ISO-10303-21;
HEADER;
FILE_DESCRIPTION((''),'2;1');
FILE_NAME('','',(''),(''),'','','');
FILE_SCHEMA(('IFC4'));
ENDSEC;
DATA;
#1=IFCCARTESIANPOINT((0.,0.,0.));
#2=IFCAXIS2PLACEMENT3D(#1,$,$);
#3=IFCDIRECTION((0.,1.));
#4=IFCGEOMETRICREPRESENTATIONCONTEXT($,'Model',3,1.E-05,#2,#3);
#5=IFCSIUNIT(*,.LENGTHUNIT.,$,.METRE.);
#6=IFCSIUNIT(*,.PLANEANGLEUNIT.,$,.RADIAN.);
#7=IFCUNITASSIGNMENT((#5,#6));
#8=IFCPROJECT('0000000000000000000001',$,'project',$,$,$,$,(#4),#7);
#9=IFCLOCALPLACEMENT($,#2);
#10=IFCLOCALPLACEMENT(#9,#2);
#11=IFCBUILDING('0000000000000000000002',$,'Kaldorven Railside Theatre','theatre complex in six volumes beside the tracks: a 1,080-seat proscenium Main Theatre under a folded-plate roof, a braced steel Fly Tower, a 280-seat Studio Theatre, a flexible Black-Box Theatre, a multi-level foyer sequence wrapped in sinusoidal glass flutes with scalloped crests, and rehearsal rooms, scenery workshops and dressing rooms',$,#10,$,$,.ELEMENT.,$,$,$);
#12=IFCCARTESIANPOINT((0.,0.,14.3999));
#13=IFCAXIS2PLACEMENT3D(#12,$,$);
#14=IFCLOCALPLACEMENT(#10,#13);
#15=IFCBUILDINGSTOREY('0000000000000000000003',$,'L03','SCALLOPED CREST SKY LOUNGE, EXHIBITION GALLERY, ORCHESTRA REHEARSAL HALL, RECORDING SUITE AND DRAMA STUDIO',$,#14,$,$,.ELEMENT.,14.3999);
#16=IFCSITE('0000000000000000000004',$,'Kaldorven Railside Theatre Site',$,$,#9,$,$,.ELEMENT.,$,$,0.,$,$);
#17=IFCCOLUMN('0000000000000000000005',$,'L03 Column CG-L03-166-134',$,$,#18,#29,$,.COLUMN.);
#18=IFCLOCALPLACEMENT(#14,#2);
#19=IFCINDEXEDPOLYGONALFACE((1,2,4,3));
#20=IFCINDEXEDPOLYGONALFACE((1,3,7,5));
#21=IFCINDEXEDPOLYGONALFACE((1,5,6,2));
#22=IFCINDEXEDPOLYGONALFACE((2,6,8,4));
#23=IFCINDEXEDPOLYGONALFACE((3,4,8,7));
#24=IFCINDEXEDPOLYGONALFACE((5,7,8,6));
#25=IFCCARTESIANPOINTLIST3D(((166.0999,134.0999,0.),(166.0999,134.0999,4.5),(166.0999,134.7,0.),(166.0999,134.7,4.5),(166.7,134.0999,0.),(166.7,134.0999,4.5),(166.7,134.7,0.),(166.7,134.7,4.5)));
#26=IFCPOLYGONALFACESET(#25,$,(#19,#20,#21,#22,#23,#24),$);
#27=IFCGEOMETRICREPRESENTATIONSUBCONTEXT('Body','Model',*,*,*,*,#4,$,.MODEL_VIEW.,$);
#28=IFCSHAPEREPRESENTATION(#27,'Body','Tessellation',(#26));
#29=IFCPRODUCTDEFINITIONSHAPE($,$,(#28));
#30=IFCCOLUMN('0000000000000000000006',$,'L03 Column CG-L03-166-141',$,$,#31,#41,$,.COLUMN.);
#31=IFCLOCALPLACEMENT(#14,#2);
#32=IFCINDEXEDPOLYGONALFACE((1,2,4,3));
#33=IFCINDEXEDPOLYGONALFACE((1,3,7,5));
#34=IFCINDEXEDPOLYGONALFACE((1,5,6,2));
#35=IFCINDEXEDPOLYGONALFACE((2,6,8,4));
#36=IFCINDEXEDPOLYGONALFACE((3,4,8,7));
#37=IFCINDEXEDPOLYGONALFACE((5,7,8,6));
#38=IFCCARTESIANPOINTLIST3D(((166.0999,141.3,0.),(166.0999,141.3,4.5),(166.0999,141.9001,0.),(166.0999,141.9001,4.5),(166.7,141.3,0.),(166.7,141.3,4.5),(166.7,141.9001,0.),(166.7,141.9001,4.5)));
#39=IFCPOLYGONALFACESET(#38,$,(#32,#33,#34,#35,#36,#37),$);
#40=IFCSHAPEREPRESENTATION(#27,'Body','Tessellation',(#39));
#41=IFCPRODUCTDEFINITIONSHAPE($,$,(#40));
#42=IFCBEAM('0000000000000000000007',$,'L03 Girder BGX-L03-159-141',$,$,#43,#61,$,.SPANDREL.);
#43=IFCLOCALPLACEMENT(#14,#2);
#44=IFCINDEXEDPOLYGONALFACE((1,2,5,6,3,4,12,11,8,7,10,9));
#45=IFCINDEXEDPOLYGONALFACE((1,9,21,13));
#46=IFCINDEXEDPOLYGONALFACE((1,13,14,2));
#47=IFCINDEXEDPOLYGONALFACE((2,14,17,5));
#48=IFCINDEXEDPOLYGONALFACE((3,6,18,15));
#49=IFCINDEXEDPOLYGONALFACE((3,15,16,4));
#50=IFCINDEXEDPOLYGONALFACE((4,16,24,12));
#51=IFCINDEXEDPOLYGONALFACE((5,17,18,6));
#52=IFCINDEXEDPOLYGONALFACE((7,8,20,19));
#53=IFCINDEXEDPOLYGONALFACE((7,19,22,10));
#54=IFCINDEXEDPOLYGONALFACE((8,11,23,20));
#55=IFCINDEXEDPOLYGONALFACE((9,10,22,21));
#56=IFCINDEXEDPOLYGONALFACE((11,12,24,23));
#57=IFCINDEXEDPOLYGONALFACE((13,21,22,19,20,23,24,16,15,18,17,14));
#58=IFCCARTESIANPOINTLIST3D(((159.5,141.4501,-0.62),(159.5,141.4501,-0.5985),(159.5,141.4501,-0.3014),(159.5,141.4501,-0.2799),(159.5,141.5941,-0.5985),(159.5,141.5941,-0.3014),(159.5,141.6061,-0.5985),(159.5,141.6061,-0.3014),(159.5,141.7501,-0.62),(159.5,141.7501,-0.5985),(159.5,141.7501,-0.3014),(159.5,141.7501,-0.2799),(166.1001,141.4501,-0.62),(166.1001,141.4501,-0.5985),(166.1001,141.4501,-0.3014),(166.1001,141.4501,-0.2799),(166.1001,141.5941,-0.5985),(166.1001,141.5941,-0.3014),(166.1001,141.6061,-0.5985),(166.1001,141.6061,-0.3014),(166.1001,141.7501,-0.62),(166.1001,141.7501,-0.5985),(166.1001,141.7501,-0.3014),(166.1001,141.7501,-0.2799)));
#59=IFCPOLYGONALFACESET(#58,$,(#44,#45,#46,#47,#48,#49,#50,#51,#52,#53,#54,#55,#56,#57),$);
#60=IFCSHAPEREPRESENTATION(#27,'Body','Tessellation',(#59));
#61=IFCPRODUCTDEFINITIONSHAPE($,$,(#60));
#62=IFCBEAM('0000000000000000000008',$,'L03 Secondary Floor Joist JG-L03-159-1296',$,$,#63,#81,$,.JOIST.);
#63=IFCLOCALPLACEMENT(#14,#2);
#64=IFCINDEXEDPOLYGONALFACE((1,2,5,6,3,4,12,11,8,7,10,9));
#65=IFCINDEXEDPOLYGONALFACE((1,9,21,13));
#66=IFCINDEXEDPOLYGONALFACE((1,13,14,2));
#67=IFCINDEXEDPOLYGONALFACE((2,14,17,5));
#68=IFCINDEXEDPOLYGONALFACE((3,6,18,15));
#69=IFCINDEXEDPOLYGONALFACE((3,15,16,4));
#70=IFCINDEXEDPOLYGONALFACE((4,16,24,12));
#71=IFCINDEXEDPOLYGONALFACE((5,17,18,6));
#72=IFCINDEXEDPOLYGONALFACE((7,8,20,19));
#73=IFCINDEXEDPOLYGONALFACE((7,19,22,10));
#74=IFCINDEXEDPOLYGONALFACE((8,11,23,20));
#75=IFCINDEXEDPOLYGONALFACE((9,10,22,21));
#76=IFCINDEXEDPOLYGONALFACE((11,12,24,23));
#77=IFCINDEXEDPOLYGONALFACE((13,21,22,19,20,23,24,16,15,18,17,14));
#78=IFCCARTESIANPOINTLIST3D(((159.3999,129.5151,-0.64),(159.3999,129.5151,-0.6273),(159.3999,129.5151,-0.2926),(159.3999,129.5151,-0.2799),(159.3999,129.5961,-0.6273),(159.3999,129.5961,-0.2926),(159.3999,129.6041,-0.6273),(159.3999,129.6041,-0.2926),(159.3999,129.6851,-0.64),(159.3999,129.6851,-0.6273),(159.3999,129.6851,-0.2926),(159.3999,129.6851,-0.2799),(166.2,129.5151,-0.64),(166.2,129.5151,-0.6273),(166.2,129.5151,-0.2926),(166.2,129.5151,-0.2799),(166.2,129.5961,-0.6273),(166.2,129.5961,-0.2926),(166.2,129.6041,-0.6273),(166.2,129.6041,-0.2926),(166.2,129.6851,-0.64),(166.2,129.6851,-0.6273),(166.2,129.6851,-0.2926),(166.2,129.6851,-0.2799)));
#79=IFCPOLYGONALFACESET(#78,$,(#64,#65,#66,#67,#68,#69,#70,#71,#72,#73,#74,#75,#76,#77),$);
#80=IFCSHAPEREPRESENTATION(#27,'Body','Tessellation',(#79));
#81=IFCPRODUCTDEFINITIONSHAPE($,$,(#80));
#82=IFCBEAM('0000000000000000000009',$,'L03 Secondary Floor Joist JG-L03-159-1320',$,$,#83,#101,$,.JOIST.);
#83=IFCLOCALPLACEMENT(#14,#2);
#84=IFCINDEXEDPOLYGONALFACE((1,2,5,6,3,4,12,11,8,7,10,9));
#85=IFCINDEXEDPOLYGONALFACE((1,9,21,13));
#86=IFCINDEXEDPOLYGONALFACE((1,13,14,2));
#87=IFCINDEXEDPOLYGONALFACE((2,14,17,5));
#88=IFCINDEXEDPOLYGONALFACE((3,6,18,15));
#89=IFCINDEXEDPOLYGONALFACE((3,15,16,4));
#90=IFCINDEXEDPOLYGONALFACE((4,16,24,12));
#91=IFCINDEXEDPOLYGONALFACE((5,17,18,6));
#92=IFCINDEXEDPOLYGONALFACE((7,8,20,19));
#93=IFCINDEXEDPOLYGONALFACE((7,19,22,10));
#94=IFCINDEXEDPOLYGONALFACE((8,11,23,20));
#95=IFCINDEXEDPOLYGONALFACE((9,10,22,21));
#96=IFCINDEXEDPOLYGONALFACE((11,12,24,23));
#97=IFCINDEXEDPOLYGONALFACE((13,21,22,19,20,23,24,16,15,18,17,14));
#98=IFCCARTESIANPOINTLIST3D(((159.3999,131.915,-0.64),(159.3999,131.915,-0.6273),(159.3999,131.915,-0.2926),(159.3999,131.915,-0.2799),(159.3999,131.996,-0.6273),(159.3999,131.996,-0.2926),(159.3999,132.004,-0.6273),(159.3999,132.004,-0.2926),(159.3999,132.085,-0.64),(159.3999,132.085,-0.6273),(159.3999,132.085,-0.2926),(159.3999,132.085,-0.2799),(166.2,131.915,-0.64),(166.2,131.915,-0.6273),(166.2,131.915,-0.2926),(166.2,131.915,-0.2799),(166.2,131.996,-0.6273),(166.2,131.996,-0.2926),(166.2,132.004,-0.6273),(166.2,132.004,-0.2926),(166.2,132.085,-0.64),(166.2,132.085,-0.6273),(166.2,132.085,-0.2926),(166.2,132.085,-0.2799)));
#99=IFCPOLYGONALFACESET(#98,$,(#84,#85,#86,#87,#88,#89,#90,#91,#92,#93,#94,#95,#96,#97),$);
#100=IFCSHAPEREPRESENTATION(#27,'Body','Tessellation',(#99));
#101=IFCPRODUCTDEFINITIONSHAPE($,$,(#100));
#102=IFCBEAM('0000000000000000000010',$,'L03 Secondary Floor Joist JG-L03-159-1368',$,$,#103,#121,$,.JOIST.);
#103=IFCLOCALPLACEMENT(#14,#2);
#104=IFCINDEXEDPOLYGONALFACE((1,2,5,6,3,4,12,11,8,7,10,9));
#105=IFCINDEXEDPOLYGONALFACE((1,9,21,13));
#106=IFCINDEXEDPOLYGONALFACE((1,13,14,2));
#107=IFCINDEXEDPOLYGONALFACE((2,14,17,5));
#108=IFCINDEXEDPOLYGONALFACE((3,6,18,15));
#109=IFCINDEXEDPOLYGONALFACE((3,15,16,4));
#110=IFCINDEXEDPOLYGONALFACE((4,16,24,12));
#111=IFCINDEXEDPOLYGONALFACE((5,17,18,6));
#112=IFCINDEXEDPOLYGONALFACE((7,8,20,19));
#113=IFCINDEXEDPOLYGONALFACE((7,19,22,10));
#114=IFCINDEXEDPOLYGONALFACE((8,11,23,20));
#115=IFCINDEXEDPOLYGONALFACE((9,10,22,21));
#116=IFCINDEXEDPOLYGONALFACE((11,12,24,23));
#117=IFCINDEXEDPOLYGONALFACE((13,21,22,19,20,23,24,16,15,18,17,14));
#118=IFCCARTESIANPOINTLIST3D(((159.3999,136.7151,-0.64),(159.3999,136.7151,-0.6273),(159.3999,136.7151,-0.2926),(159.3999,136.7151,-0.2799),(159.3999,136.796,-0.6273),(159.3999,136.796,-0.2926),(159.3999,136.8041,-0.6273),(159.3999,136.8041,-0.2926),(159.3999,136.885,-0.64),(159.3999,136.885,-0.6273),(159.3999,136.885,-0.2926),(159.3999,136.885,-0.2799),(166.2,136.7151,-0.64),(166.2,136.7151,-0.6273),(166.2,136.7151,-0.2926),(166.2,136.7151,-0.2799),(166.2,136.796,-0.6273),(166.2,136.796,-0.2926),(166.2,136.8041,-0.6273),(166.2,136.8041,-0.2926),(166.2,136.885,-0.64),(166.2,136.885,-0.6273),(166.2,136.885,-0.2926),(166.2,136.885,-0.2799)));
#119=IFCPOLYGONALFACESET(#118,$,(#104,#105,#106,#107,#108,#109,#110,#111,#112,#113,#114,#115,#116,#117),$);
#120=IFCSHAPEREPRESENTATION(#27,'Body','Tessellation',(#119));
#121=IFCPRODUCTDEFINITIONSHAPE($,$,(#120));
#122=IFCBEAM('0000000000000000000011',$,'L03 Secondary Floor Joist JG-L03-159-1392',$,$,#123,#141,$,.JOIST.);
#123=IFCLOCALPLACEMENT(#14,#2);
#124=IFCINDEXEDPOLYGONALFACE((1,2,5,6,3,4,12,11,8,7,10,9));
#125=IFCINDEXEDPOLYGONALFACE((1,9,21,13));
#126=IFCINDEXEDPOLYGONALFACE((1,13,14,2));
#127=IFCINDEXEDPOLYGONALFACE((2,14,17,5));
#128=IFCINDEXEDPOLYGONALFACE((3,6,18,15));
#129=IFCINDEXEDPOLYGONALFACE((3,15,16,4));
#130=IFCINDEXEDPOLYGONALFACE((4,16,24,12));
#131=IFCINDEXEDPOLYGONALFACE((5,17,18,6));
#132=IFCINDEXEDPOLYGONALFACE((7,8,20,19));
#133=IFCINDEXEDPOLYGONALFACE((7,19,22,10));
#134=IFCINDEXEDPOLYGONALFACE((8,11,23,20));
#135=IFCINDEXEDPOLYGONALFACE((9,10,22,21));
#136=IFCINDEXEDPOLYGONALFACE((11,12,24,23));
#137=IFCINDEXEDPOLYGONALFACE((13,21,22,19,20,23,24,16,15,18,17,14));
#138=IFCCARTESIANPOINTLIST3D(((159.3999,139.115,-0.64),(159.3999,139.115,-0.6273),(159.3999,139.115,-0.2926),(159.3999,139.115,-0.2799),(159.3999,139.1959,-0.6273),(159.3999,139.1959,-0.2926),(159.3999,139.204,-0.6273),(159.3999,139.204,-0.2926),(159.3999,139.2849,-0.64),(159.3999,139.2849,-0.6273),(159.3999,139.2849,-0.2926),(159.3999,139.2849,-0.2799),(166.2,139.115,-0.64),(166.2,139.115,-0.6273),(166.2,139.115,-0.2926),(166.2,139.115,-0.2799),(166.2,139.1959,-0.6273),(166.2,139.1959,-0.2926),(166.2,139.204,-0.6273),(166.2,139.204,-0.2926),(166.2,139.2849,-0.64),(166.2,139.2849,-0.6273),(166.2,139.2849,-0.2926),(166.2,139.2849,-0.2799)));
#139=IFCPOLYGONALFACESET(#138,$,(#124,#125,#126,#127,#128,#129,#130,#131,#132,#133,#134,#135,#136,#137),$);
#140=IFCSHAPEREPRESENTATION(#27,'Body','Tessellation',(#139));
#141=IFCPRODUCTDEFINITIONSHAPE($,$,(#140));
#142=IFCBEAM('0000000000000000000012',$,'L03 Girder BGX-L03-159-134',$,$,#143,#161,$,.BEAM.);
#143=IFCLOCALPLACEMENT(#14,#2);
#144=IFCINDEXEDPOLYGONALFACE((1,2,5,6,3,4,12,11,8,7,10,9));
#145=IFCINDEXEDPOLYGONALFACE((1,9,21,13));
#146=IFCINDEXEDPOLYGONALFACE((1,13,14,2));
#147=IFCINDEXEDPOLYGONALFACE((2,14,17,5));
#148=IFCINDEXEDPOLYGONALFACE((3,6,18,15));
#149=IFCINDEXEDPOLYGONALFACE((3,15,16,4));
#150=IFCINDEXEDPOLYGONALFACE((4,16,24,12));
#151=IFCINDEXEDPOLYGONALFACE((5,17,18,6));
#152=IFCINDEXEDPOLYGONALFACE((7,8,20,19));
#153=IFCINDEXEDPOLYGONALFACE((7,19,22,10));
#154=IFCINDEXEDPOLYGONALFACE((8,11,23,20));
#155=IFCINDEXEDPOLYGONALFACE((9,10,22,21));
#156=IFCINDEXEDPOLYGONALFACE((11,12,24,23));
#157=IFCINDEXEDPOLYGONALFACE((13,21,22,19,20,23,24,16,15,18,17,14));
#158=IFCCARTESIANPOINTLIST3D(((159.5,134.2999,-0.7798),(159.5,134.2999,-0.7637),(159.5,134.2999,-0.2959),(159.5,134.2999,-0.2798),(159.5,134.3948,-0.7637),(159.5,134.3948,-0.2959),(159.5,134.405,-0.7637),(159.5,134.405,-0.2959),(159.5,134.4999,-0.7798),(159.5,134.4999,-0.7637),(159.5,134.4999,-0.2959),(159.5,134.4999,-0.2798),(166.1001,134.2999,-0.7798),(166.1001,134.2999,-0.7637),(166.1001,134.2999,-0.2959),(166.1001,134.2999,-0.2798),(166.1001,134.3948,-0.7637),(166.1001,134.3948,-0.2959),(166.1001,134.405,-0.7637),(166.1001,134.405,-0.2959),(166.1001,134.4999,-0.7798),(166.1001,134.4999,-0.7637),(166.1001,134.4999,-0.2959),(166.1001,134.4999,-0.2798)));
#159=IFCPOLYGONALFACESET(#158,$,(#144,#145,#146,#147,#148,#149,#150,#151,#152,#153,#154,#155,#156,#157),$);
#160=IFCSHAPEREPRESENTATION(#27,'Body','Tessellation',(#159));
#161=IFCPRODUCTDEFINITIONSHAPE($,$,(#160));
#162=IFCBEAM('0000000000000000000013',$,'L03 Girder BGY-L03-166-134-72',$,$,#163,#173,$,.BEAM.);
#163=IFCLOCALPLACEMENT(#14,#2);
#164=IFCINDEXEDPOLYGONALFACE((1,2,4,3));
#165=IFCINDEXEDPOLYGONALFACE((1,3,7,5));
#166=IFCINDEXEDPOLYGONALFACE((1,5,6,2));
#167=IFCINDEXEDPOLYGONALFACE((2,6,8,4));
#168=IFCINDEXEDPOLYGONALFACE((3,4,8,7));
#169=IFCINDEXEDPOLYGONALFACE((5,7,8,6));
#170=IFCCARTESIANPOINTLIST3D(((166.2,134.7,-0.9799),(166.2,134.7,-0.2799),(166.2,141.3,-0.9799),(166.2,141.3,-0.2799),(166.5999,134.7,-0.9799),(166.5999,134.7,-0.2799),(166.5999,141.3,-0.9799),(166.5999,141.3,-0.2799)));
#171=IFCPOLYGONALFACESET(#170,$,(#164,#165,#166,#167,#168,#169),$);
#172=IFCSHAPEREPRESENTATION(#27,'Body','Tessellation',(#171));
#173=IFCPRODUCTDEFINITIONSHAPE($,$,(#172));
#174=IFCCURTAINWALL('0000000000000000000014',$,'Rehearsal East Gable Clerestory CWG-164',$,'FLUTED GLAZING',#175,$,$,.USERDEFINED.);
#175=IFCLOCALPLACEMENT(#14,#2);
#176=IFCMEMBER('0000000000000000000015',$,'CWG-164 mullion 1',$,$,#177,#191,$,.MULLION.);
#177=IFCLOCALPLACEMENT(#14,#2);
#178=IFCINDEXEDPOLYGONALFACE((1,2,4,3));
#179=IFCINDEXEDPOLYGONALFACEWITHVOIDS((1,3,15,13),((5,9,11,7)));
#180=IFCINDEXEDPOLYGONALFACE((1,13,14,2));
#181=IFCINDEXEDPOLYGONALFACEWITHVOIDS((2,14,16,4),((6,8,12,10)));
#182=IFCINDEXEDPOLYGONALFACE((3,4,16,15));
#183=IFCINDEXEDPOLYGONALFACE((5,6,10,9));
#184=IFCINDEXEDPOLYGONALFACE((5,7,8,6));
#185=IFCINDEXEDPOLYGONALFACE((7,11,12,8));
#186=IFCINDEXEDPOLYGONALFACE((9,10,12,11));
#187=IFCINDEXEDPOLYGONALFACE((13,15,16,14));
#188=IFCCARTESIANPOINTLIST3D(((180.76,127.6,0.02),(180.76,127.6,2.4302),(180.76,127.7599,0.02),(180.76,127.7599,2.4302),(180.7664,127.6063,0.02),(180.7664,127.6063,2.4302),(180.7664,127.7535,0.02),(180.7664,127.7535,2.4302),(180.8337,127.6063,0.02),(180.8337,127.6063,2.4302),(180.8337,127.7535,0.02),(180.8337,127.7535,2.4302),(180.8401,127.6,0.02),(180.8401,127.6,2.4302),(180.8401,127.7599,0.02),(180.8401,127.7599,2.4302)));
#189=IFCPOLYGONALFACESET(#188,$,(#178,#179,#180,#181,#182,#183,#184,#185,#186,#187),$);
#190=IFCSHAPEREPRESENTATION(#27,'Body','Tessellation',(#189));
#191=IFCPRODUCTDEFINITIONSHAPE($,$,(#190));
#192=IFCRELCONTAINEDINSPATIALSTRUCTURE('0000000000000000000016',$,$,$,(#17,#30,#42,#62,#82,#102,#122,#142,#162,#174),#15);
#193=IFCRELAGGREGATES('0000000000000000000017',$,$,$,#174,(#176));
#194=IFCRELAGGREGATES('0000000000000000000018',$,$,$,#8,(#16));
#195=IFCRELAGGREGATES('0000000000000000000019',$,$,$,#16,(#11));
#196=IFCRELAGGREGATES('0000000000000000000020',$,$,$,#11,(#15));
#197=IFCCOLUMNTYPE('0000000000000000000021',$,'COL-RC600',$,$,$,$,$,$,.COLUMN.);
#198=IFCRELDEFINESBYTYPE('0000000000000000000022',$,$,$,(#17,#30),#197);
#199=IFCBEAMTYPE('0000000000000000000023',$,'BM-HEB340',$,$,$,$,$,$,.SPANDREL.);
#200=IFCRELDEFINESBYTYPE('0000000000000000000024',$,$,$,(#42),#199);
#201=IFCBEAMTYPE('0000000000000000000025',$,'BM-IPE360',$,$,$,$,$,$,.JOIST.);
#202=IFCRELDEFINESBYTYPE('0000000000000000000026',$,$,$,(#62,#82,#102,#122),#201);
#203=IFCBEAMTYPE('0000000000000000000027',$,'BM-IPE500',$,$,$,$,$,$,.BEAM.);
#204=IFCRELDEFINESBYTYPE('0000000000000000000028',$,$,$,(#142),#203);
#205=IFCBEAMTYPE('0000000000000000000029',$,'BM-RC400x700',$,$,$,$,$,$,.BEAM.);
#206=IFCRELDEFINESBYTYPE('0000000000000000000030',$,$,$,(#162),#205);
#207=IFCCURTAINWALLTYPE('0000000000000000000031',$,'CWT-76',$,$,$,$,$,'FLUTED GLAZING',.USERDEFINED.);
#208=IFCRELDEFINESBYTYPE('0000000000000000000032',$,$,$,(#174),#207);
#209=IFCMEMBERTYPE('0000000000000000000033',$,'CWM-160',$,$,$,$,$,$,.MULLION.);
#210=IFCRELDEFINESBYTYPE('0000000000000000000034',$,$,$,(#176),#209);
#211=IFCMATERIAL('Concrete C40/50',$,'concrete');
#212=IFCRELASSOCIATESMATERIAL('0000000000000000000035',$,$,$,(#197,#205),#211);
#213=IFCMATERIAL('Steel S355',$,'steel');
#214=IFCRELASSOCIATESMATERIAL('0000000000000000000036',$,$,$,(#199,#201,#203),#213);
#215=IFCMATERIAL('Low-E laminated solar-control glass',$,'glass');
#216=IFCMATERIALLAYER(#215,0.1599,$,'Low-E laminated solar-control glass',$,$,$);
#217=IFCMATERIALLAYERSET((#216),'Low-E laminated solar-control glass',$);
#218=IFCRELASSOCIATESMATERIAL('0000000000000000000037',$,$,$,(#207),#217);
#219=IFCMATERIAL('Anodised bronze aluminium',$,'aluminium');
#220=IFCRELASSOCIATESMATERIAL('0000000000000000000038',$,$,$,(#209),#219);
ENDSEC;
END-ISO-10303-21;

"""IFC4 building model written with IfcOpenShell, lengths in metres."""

from ifc_helpers import new_model, si_unit, direction, frame, origin, origin_2d, place, context, subcontext, project, spatial, rectangle, hollow_rectangle, i_section, extrude, material, layer, layer_set, material_profile, profile_set, type_object, element, aggregate, save


model = new_model("IFC4")

# Units and contexts
model_context = context("Model", 3, precision=1e-05, world=origin(), true_north=direction((0.0, 1.0)))
body_context = subcontext(model_context, "Body", "Model", "MODEL_VIEW")
ifc_project = project(units=[si_unit("LENGTHUNIT", "METRE"), si_unit("PLANEANGLEUNIT", "RADIAN")], contexts=[model_context])

# Site, building, storey
site_placement = place(None, origin())
site = spatial("IfcSite", under=ifc_project, at=site_placement, Name="Kaldorven Railside Theatre Site", CompositionType="ELEMENT", RefElevation=0.0)
building_placement = place(site_placement, origin())
building = spatial("IfcBuilding", under=site, at=building_placement, Name="Kaldorven Railside Theatre", Description="theatre complex in six volumes beside the tracks: a 1,080-seat proscenium Main Theatre under a folded-plate roof, a braced steel Fly Tower, a 280-seat Studio Theatre, a flexible Black-Box Theatre, a multi-level foyer sequence wrapped in sinusoidal glass flutes with scalloped crests, and rehearsal rooms, scenery workshops and dressing rooms", CompositionType="ELEMENT")
storey_placement = place(building_placement, frame((0.0, 0.0, 14.3999)))
storey = spatial("IfcBuildingStorey", under=building, at=storey_placement, Name="L03", Description="SCALLOPED CREST SKY LOUNGE, EXHIBITION GALLERY, ORCHESTRA REHEARSAL HALL, RECORDING SUITE AND DRAMA STUDIO", CompositionType="ELEMENT", Elevation=14.3999)

# Columns
ifc_material_1 = material(Name="Concrete C40/50", Category="concrete")
ifc_material_profile_1 = material_profile(ifc_material_1, rectangle(XDim=0.6001, YDim=0.6001, at=origin_2d()), Name="RC 600x600")
ifc_profile_set_1 = profile_set([ifc_material_profile_1], Name="Concrete C40/50")
column_type = type_object("IfcColumnType", Name="COL-RC600", PredefinedType="COLUMN", material=ifc_profile_set_1)
for number, where, z_axis, x_axis, name in (
    (1, (166.3999, 134.3999, 0.0), (0.0, 0.0, 1.0), (1.0, 0.0, 0.0), "L03 Column CG-L03-166-134"),
    (2, (166.3999, 141.6001, 0.0), (0.0, 0.0, 1.0), (1.0, 0.0, 0.0), "L03 Column CG-L03-166-141"),
):
    element("IfcColumn", number, at=place(storey_placement, frame(where, z_axis=z_axis, x_axis=x_axis)), inside=storey, type_object=column_type, Name=name, PredefinedType="COLUMN", context=body_context, shape_type="SweptSolid", body=[
        extrude(rectangle(XDim=0.6001, YDim=0.6001, at=origin_2d()), origin(), (0.0, 0.0, 1.0), 4.5),
    ])

# Beams
ifc_material_2 = material(Name="Steel S355", Category="steel")
ifc_material_profile_2 = material_profile(ifc_material_2, i_section(OverallWidth=0.3, OverallDepth=0.3401, WebThickness=0.012, FlangeThickness=0.0215, at=origin_2d()), Name="HEB 340")
ifc_profile_set_2 = profile_set([ifc_material_profile_2], Name="Steel S355")
beam_type_1 = type_object("IfcBeamType", Name="BM-HEB340", PredefinedType="SPANDREL", material=ifc_profile_set_2)
beam_1_placement = place(storey_placement, frame((159.5, 141.6001, -0.45), z_axis=(1.0, 0.0, 0.0), x_axis=(0.0, 1.0, 0.0)))
element("IfcBeam", 3, at=beam_1_placement, inside=storey, type_object=beam_type_1, Name="L03 Girder BGX-L03-159-141", PredefinedType="SPANDREL", context=body_context, shape_type="SweptSolid", body=[
    extrude(i_section(OverallWidth=0.3, OverallDepth=0.3401, WebThickness=0.012, FlangeThickness=0.0215, at=origin_2d()), origin(), (0.0, 0.0, 1.0), 6.6001),
])
ifc_material_profile_3 = material_profile(ifc_material_2, i_section(OverallWidth=0.1699, OverallDepth=0.3601, WebThickness=0.0081, FlangeThickness=0.0127, at=origin_2d()), Name="IPE 360")
ifc_profile_set_3 = profile_set([ifc_material_profile_3], Name="Steel S355")
beam_type_2 = type_object("IfcBeamType", Name="BM-IPE360", PredefinedType="JOIST", material=ifc_profile_set_3)
for number, where, z_axis, x_axis, name in (
    (4, (159.3999, 129.6001, -0.46), (1.0, 0.0, 0.0), (0.0, 1.0, 0.0), "L03 Secondary Floor Joist JG-L03-159-1296"),
    (5, (159.3999, 132.0, -0.46), (1.0, 0.0, 0.0), (0.0, 1.0, 0.0), "L03 Secondary Floor Joist JG-L03-159-1320"),
    (6, (159.3999, 136.8, -0.46), (1.0, 0.0, 0.0), (0.0, 1.0, 0.0), "L03 Secondary Floor Joist JG-L03-159-1368"),
    (7, (159.3999, 139.2, -0.46), (1.0, 0.0, 0.0), (0.0, 1.0, 0.0), "L03 Secondary Floor Joist JG-L03-159-1392"),
):
    element("IfcBeam", number, at=place(storey_placement, frame(where, z_axis=z_axis, x_axis=x_axis)), inside=storey, type_object=beam_type_2, Name=name, PredefinedType="JOIST", context=body_context, shape_type="SweptSolid", body=[
        extrude(i_section(OverallWidth=0.1699, OverallDepth=0.3601, WebThickness=0.0081, FlangeThickness=0.0127, at=origin_2d()), origin(), (0.0, 0.0, 1.0), 6.8),
    ])
ifc_material_profile_4 = material_profile(ifc_material_2, i_section(OverallWidth=0.2, OverallDepth=0.5, WebThickness=0.0103, FlangeThickness=0.0161, at=origin_2d()), Name="IPE 500")
ifc_profile_set_4 = profile_set([ifc_material_profile_4], Name="Steel S355")
beam_type_3 = type_object("IfcBeamType", Name="BM-IPE500", PredefinedType="BEAM", material=ifc_profile_set_4)
beam_2_placement = place(storey_placement, frame((159.5, 134.3999, -0.5298), z_axis=(1.0, 0.0, 0.0), x_axis=(0.0, 1.0, 0.0)))
element("IfcBeam", 8, at=beam_2_placement, inside=storey, type_object=beam_type_3, Name="L03 Girder BGX-L03-159-134", PredefinedType="BEAM", context=body_context, shape_type="SweptSolid", body=[
    extrude(i_section(OverallWidth=0.2, OverallDepth=0.5, WebThickness=0.0103, FlangeThickness=0.0161, at=origin_2d()), origin(), (0.0, 0.0, 1.0), 6.6001),
])
ifc_material_profile_5 = material_profile(ifc_material_1, rectangle(XDim=0.3999, YDim=0.7, at=origin_2d()), Name="RC 400x700")
ifc_profile_set_5 = profile_set([ifc_material_profile_5], Name="Concrete C40/50")
beam_type_4 = type_object("IfcBeamType", Name="BM-RC400x700", PredefinedType="BEAM", material=ifc_profile_set_5)
beam_3_placement = place(storey_placement, frame((166.3999, 134.7, -0.6299), z_axis=(0.0, 1.0, 0.0), x_axis=(-1.0, 0.0, 0.0)))
element("IfcBeam", 9, at=beam_3_placement, inside=storey, type_object=beam_type_4, Name="L03 Girder BGY-L03-166-134-72", PredefinedType="BEAM", context=body_context, shape_type="SweptSolid", body=[
    extrude(rectangle(XDim=0.3999, YDim=0.7, at=origin_2d()), origin(), (0.0, 0.0, 1.0), 6.6001),
])

# Curtain wall, member
ifc_material_3 = material(Name="Low-E laminated solar-control glass", Category="glass")
ifc_layer_1 = layer(ifc_material_3, 0.1599, Name="Low-E laminated solar-control glass")
ifc_layer_set_1 = layer_set([ifc_layer_1], Name="Low-E laminated solar-control glass")
curtain_wall_type_1 = type_object("IfcCurtainWallType", Name="CWT-76", ElementType="FLUTED GLAZING", PredefinedType="USERDEFINED", material=ifc_layer_set_1)
curtain_wall_1_placement = place(storey_placement, origin())
curtain_wall_1 = element("IfcCurtainWall", 10, at=curtain_wall_1_placement, inside=storey, type_object=curtain_wall_type_1, Name="Rehearsal East Gable Clerestory CWG-164", ObjectType="FLUTED GLAZING", PredefinedType="USERDEFINED")
ifc_material_4 = material(Name="Anodised bronze aluminium", Category="aluminium")
ifc_material_profile_6 = material_profile(ifc_material_4, hollow_rectangle(XDim=0.0801, YDim=0.1599, WallThickness=0.0063, at=origin_2d()), Name="RHS 160x80x6.3")
ifc_profile_set_6 = profile_set([ifc_material_profile_6], Name="Anodised bronze aluminium")
member_type_1 = type_object("IfcMemberType", Name="CWM-160", PredefinedType="MULLION", material=ifc_profile_set_6)
member_1_placement = place(storey_placement, frame((180.8, 127.6799, 0.02), z_axis=(0.0, 0.0, 1.0), x_axis=(-1.0, 0.0, 0.0)))
member_1 = element("IfcMember", 11, at=member_1_placement, type_object=member_type_1, Name="CWG-164 mullion 1", PredefinedType="MULLION", context=body_context, shape_type="SweptSolid", body=[
    extrude(hollow_rectangle(XDim=0.0801, YDim=0.1599, WallThickness=0.0063, at=origin_2d()), origin(), (0.0, 0.0, 1.0), 2.4102),
])

aggregate(curtain_wall_1, [member_1])

save(model, "model.ifc")
